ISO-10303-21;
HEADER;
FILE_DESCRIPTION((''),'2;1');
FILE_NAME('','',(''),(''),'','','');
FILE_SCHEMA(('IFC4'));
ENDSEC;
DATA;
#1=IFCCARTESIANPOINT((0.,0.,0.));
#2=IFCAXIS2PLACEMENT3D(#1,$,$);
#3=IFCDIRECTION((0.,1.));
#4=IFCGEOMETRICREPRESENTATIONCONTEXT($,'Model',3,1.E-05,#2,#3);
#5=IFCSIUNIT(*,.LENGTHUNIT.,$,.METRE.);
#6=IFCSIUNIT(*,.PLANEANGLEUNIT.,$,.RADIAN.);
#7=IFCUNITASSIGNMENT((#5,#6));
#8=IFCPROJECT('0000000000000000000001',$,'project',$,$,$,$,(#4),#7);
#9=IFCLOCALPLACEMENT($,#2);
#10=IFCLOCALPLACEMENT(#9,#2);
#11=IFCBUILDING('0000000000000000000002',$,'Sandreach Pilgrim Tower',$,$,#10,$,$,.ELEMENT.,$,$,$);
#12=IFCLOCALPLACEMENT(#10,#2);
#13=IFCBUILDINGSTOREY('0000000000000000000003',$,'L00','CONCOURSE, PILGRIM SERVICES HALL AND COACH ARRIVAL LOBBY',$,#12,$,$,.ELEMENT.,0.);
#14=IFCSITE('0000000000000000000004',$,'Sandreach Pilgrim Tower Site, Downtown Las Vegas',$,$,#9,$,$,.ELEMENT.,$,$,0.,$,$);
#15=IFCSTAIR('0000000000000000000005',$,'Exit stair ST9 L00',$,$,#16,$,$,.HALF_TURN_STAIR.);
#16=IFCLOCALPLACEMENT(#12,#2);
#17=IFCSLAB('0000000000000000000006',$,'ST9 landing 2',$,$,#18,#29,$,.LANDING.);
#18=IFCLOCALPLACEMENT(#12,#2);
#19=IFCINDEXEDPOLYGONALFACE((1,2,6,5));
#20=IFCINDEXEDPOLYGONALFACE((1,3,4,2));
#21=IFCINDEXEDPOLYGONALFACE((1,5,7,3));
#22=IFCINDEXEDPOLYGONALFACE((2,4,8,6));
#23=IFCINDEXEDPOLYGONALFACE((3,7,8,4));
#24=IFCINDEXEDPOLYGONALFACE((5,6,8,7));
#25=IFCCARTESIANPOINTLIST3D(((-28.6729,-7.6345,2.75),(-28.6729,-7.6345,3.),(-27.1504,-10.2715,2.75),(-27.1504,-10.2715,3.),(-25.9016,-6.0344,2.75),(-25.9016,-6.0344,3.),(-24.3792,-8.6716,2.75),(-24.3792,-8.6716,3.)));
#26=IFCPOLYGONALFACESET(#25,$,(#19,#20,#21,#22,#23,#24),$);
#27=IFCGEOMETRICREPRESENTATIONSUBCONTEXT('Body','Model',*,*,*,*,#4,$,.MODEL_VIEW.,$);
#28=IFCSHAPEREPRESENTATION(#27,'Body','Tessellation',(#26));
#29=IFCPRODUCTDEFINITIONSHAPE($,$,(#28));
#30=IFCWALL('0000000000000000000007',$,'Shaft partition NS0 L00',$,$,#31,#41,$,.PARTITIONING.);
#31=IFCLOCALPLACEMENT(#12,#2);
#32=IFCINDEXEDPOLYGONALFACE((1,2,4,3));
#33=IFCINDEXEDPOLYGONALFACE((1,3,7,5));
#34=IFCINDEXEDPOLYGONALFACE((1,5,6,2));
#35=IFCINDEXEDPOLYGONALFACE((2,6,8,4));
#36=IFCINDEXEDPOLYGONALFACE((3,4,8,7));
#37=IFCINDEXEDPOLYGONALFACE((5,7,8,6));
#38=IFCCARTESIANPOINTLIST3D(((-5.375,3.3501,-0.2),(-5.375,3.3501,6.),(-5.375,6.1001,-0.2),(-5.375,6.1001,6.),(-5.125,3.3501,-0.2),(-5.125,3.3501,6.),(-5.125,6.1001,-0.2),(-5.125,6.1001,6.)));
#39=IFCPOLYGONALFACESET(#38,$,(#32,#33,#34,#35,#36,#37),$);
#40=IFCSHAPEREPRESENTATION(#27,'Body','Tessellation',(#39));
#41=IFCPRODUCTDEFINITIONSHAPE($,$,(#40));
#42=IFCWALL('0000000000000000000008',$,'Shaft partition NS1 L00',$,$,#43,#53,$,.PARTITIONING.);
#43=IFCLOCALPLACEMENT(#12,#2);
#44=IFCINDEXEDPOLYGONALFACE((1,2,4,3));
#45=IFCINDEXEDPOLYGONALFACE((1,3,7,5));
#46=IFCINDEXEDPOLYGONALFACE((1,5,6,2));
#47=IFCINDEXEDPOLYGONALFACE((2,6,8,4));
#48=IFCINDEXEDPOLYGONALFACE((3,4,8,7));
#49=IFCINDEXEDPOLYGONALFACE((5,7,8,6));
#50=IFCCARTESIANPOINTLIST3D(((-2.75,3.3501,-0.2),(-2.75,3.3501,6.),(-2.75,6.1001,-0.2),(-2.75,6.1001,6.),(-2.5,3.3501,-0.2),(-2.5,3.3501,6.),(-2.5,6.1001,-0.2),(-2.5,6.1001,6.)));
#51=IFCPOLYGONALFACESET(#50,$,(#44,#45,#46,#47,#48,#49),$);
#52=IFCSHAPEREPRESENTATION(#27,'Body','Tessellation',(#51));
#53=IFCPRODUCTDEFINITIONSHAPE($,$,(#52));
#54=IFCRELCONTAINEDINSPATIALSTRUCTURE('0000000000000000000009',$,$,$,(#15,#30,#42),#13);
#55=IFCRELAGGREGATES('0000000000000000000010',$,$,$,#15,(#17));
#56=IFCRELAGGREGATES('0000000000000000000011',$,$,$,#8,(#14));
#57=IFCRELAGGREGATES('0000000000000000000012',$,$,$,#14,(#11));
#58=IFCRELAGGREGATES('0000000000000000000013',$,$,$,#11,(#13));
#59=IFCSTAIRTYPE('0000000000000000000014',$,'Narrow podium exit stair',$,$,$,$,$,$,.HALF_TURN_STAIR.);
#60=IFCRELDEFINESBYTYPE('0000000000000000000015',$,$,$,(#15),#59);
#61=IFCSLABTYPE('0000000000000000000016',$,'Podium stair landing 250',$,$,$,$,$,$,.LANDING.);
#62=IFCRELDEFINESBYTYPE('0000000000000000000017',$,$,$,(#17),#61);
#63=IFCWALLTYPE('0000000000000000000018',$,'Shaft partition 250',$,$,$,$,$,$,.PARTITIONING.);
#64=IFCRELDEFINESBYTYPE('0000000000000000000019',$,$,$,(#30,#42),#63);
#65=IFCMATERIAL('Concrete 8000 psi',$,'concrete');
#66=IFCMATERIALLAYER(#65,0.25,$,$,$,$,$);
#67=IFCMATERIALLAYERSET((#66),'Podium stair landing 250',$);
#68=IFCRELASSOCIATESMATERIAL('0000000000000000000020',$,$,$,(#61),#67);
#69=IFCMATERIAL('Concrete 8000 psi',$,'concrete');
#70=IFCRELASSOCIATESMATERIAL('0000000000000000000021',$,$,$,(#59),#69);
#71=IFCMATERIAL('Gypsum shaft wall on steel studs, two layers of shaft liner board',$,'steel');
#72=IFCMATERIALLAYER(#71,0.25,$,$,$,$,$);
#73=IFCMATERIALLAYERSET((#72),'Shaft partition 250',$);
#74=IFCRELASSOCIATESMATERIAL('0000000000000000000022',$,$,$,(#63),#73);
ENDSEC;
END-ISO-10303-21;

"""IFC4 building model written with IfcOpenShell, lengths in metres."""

from ifc_helpers import new_model, si_unit, direction, frame, frame_2d, origin, place, context, subcontext, project, spatial, polyline, rectangle, outline, extrude, material, layer, layer_set, type_object, element, aggregate, save


model = new_model("IFC4")

# Units and contexts
model_context = context("Model", 3, precision=1e-05, world=origin(), true_north=direction((0.0, 1.0)))
body_context = subcontext(model_context, "Body", "Model", "MODEL_VIEW")
ifc_project = project(units=[si_unit("LENGTHUNIT", "METRE"), si_unit("PLANEANGLEUNIT", "RADIAN")], contexts=[model_context])

# Site, building, storey
site_placement = place(None, origin())
site = spatial("IfcSite", under=ifc_project, at=site_placement, Name="Sandreach Pilgrim Tower Site, Downtown Las Vegas", CompositionType="ELEMENT", RefElevation=0.0)
building_placement = place(site_placement, origin())
building = spatial("IfcBuilding", under=site, at=building_placement, Name="Sandreach Pilgrim Tower", CompositionType="ELEMENT")
storey_placement = place(building_placement, origin())
storey = spatial("IfcBuildingStorey", under=building, at=storey_placement, Name="L00", Description="CONCOURSE, PILGRIM SERVICES HALL AND COACH ARRIVAL LOBBY", CompositionType="ELEMENT", Elevation=0.0)

# Stair, slab
ifc_material_1 = material(Name="Concrete 8000 psi", Category="concrete")
ifc_layer_1 = layer(ifc_material_1, 0.25)
ifc_layer_set_1 = layer_set([ifc_layer_1], Name="Podium stair landing 250")
slab_type_1 = type_object("IfcSlabType", Name="Podium stair landing 250", PredefinedType="LANDING", material=ifc_layer_set_1)
ifc_material_2 = material(Name="Concrete 8000 psi", Category="concrete")
stair_type_1 = type_object("IfcStairType", Name="Narrow podium exit stair", PredefinedType="HALF_TURN_STAIR", material=ifc_material_2)
stair_1_placement = place(storey_placement, origin())
stair_1 = element("IfcStair", 1, at=stair_1_placement, inside=storey, type_object=stair_type_1, Name="Exit stair ST9 L00", PredefinedType="HALF_TURN_STAIR")
slab_1_placement = place(storey_placement, frame((0.0, 0.0, 2.75)))
slab_1 = element("IfcSlab", 2, at=slab_1_placement, type_object=slab_type_1, Name="ST9 landing 2", PredefinedType="LANDING", context=body_context, shape_type="SweptSolid", body=[
    extrude(outline(polyline([(-25.9016, -6.0344), (-24.3792, -8.6716), (-27.1504, -10.2715), (-28.6729, -7.6345), (-25.9016, -6.0344)])), origin(), (0.0, 0.0, 1.0), 0.25),
])
aggregate(stair_1, [slab_1])

# Walls
ifc_material_3 = material(Name="Gypsum shaft wall on steel studs, two layers of shaft liner board", Category="steel")
ifc_layer_2 = layer(ifc_material_3, 0.25)
ifc_layer_set_2 = layer_set([ifc_layer_2], Name="Shaft partition 250")
wall_type_1 = type_object("IfcWallType", Name="Shaft partition 250", PredefinedType="PARTITIONING", material=ifc_layer_set_2)
for number, where, z_axis, x_axis, name in (
    (3, (-5.25, 3.3501, -0.2), (0.0, 0.0, 1.0), (0.0, 1.0, 0.0), "Shaft partition NS0 L00"),
    (4, (-2.625, 3.3501, -0.2), (0.0, 0.0, 1.0), (0.0, 1.0, 0.0), "Shaft partition NS1 L00"),
):
    element("IfcWall", number, at=place(storey_placement, frame(where, z_axis=z_axis, x_axis=x_axis)), inside=storey, type_object=wall_type_1, Name=name, PredefinedType="PARTITIONING", context=body_context, shape_type="SweptSolid", body=[
        extrude(rectangle(XDim=2.75, YDim=0.25, at=frame_2d((1.375, 0.0))), origin(), (0.0, 0.0, 1.0), 6.2),
    ])

save(model, "model.ifc")
